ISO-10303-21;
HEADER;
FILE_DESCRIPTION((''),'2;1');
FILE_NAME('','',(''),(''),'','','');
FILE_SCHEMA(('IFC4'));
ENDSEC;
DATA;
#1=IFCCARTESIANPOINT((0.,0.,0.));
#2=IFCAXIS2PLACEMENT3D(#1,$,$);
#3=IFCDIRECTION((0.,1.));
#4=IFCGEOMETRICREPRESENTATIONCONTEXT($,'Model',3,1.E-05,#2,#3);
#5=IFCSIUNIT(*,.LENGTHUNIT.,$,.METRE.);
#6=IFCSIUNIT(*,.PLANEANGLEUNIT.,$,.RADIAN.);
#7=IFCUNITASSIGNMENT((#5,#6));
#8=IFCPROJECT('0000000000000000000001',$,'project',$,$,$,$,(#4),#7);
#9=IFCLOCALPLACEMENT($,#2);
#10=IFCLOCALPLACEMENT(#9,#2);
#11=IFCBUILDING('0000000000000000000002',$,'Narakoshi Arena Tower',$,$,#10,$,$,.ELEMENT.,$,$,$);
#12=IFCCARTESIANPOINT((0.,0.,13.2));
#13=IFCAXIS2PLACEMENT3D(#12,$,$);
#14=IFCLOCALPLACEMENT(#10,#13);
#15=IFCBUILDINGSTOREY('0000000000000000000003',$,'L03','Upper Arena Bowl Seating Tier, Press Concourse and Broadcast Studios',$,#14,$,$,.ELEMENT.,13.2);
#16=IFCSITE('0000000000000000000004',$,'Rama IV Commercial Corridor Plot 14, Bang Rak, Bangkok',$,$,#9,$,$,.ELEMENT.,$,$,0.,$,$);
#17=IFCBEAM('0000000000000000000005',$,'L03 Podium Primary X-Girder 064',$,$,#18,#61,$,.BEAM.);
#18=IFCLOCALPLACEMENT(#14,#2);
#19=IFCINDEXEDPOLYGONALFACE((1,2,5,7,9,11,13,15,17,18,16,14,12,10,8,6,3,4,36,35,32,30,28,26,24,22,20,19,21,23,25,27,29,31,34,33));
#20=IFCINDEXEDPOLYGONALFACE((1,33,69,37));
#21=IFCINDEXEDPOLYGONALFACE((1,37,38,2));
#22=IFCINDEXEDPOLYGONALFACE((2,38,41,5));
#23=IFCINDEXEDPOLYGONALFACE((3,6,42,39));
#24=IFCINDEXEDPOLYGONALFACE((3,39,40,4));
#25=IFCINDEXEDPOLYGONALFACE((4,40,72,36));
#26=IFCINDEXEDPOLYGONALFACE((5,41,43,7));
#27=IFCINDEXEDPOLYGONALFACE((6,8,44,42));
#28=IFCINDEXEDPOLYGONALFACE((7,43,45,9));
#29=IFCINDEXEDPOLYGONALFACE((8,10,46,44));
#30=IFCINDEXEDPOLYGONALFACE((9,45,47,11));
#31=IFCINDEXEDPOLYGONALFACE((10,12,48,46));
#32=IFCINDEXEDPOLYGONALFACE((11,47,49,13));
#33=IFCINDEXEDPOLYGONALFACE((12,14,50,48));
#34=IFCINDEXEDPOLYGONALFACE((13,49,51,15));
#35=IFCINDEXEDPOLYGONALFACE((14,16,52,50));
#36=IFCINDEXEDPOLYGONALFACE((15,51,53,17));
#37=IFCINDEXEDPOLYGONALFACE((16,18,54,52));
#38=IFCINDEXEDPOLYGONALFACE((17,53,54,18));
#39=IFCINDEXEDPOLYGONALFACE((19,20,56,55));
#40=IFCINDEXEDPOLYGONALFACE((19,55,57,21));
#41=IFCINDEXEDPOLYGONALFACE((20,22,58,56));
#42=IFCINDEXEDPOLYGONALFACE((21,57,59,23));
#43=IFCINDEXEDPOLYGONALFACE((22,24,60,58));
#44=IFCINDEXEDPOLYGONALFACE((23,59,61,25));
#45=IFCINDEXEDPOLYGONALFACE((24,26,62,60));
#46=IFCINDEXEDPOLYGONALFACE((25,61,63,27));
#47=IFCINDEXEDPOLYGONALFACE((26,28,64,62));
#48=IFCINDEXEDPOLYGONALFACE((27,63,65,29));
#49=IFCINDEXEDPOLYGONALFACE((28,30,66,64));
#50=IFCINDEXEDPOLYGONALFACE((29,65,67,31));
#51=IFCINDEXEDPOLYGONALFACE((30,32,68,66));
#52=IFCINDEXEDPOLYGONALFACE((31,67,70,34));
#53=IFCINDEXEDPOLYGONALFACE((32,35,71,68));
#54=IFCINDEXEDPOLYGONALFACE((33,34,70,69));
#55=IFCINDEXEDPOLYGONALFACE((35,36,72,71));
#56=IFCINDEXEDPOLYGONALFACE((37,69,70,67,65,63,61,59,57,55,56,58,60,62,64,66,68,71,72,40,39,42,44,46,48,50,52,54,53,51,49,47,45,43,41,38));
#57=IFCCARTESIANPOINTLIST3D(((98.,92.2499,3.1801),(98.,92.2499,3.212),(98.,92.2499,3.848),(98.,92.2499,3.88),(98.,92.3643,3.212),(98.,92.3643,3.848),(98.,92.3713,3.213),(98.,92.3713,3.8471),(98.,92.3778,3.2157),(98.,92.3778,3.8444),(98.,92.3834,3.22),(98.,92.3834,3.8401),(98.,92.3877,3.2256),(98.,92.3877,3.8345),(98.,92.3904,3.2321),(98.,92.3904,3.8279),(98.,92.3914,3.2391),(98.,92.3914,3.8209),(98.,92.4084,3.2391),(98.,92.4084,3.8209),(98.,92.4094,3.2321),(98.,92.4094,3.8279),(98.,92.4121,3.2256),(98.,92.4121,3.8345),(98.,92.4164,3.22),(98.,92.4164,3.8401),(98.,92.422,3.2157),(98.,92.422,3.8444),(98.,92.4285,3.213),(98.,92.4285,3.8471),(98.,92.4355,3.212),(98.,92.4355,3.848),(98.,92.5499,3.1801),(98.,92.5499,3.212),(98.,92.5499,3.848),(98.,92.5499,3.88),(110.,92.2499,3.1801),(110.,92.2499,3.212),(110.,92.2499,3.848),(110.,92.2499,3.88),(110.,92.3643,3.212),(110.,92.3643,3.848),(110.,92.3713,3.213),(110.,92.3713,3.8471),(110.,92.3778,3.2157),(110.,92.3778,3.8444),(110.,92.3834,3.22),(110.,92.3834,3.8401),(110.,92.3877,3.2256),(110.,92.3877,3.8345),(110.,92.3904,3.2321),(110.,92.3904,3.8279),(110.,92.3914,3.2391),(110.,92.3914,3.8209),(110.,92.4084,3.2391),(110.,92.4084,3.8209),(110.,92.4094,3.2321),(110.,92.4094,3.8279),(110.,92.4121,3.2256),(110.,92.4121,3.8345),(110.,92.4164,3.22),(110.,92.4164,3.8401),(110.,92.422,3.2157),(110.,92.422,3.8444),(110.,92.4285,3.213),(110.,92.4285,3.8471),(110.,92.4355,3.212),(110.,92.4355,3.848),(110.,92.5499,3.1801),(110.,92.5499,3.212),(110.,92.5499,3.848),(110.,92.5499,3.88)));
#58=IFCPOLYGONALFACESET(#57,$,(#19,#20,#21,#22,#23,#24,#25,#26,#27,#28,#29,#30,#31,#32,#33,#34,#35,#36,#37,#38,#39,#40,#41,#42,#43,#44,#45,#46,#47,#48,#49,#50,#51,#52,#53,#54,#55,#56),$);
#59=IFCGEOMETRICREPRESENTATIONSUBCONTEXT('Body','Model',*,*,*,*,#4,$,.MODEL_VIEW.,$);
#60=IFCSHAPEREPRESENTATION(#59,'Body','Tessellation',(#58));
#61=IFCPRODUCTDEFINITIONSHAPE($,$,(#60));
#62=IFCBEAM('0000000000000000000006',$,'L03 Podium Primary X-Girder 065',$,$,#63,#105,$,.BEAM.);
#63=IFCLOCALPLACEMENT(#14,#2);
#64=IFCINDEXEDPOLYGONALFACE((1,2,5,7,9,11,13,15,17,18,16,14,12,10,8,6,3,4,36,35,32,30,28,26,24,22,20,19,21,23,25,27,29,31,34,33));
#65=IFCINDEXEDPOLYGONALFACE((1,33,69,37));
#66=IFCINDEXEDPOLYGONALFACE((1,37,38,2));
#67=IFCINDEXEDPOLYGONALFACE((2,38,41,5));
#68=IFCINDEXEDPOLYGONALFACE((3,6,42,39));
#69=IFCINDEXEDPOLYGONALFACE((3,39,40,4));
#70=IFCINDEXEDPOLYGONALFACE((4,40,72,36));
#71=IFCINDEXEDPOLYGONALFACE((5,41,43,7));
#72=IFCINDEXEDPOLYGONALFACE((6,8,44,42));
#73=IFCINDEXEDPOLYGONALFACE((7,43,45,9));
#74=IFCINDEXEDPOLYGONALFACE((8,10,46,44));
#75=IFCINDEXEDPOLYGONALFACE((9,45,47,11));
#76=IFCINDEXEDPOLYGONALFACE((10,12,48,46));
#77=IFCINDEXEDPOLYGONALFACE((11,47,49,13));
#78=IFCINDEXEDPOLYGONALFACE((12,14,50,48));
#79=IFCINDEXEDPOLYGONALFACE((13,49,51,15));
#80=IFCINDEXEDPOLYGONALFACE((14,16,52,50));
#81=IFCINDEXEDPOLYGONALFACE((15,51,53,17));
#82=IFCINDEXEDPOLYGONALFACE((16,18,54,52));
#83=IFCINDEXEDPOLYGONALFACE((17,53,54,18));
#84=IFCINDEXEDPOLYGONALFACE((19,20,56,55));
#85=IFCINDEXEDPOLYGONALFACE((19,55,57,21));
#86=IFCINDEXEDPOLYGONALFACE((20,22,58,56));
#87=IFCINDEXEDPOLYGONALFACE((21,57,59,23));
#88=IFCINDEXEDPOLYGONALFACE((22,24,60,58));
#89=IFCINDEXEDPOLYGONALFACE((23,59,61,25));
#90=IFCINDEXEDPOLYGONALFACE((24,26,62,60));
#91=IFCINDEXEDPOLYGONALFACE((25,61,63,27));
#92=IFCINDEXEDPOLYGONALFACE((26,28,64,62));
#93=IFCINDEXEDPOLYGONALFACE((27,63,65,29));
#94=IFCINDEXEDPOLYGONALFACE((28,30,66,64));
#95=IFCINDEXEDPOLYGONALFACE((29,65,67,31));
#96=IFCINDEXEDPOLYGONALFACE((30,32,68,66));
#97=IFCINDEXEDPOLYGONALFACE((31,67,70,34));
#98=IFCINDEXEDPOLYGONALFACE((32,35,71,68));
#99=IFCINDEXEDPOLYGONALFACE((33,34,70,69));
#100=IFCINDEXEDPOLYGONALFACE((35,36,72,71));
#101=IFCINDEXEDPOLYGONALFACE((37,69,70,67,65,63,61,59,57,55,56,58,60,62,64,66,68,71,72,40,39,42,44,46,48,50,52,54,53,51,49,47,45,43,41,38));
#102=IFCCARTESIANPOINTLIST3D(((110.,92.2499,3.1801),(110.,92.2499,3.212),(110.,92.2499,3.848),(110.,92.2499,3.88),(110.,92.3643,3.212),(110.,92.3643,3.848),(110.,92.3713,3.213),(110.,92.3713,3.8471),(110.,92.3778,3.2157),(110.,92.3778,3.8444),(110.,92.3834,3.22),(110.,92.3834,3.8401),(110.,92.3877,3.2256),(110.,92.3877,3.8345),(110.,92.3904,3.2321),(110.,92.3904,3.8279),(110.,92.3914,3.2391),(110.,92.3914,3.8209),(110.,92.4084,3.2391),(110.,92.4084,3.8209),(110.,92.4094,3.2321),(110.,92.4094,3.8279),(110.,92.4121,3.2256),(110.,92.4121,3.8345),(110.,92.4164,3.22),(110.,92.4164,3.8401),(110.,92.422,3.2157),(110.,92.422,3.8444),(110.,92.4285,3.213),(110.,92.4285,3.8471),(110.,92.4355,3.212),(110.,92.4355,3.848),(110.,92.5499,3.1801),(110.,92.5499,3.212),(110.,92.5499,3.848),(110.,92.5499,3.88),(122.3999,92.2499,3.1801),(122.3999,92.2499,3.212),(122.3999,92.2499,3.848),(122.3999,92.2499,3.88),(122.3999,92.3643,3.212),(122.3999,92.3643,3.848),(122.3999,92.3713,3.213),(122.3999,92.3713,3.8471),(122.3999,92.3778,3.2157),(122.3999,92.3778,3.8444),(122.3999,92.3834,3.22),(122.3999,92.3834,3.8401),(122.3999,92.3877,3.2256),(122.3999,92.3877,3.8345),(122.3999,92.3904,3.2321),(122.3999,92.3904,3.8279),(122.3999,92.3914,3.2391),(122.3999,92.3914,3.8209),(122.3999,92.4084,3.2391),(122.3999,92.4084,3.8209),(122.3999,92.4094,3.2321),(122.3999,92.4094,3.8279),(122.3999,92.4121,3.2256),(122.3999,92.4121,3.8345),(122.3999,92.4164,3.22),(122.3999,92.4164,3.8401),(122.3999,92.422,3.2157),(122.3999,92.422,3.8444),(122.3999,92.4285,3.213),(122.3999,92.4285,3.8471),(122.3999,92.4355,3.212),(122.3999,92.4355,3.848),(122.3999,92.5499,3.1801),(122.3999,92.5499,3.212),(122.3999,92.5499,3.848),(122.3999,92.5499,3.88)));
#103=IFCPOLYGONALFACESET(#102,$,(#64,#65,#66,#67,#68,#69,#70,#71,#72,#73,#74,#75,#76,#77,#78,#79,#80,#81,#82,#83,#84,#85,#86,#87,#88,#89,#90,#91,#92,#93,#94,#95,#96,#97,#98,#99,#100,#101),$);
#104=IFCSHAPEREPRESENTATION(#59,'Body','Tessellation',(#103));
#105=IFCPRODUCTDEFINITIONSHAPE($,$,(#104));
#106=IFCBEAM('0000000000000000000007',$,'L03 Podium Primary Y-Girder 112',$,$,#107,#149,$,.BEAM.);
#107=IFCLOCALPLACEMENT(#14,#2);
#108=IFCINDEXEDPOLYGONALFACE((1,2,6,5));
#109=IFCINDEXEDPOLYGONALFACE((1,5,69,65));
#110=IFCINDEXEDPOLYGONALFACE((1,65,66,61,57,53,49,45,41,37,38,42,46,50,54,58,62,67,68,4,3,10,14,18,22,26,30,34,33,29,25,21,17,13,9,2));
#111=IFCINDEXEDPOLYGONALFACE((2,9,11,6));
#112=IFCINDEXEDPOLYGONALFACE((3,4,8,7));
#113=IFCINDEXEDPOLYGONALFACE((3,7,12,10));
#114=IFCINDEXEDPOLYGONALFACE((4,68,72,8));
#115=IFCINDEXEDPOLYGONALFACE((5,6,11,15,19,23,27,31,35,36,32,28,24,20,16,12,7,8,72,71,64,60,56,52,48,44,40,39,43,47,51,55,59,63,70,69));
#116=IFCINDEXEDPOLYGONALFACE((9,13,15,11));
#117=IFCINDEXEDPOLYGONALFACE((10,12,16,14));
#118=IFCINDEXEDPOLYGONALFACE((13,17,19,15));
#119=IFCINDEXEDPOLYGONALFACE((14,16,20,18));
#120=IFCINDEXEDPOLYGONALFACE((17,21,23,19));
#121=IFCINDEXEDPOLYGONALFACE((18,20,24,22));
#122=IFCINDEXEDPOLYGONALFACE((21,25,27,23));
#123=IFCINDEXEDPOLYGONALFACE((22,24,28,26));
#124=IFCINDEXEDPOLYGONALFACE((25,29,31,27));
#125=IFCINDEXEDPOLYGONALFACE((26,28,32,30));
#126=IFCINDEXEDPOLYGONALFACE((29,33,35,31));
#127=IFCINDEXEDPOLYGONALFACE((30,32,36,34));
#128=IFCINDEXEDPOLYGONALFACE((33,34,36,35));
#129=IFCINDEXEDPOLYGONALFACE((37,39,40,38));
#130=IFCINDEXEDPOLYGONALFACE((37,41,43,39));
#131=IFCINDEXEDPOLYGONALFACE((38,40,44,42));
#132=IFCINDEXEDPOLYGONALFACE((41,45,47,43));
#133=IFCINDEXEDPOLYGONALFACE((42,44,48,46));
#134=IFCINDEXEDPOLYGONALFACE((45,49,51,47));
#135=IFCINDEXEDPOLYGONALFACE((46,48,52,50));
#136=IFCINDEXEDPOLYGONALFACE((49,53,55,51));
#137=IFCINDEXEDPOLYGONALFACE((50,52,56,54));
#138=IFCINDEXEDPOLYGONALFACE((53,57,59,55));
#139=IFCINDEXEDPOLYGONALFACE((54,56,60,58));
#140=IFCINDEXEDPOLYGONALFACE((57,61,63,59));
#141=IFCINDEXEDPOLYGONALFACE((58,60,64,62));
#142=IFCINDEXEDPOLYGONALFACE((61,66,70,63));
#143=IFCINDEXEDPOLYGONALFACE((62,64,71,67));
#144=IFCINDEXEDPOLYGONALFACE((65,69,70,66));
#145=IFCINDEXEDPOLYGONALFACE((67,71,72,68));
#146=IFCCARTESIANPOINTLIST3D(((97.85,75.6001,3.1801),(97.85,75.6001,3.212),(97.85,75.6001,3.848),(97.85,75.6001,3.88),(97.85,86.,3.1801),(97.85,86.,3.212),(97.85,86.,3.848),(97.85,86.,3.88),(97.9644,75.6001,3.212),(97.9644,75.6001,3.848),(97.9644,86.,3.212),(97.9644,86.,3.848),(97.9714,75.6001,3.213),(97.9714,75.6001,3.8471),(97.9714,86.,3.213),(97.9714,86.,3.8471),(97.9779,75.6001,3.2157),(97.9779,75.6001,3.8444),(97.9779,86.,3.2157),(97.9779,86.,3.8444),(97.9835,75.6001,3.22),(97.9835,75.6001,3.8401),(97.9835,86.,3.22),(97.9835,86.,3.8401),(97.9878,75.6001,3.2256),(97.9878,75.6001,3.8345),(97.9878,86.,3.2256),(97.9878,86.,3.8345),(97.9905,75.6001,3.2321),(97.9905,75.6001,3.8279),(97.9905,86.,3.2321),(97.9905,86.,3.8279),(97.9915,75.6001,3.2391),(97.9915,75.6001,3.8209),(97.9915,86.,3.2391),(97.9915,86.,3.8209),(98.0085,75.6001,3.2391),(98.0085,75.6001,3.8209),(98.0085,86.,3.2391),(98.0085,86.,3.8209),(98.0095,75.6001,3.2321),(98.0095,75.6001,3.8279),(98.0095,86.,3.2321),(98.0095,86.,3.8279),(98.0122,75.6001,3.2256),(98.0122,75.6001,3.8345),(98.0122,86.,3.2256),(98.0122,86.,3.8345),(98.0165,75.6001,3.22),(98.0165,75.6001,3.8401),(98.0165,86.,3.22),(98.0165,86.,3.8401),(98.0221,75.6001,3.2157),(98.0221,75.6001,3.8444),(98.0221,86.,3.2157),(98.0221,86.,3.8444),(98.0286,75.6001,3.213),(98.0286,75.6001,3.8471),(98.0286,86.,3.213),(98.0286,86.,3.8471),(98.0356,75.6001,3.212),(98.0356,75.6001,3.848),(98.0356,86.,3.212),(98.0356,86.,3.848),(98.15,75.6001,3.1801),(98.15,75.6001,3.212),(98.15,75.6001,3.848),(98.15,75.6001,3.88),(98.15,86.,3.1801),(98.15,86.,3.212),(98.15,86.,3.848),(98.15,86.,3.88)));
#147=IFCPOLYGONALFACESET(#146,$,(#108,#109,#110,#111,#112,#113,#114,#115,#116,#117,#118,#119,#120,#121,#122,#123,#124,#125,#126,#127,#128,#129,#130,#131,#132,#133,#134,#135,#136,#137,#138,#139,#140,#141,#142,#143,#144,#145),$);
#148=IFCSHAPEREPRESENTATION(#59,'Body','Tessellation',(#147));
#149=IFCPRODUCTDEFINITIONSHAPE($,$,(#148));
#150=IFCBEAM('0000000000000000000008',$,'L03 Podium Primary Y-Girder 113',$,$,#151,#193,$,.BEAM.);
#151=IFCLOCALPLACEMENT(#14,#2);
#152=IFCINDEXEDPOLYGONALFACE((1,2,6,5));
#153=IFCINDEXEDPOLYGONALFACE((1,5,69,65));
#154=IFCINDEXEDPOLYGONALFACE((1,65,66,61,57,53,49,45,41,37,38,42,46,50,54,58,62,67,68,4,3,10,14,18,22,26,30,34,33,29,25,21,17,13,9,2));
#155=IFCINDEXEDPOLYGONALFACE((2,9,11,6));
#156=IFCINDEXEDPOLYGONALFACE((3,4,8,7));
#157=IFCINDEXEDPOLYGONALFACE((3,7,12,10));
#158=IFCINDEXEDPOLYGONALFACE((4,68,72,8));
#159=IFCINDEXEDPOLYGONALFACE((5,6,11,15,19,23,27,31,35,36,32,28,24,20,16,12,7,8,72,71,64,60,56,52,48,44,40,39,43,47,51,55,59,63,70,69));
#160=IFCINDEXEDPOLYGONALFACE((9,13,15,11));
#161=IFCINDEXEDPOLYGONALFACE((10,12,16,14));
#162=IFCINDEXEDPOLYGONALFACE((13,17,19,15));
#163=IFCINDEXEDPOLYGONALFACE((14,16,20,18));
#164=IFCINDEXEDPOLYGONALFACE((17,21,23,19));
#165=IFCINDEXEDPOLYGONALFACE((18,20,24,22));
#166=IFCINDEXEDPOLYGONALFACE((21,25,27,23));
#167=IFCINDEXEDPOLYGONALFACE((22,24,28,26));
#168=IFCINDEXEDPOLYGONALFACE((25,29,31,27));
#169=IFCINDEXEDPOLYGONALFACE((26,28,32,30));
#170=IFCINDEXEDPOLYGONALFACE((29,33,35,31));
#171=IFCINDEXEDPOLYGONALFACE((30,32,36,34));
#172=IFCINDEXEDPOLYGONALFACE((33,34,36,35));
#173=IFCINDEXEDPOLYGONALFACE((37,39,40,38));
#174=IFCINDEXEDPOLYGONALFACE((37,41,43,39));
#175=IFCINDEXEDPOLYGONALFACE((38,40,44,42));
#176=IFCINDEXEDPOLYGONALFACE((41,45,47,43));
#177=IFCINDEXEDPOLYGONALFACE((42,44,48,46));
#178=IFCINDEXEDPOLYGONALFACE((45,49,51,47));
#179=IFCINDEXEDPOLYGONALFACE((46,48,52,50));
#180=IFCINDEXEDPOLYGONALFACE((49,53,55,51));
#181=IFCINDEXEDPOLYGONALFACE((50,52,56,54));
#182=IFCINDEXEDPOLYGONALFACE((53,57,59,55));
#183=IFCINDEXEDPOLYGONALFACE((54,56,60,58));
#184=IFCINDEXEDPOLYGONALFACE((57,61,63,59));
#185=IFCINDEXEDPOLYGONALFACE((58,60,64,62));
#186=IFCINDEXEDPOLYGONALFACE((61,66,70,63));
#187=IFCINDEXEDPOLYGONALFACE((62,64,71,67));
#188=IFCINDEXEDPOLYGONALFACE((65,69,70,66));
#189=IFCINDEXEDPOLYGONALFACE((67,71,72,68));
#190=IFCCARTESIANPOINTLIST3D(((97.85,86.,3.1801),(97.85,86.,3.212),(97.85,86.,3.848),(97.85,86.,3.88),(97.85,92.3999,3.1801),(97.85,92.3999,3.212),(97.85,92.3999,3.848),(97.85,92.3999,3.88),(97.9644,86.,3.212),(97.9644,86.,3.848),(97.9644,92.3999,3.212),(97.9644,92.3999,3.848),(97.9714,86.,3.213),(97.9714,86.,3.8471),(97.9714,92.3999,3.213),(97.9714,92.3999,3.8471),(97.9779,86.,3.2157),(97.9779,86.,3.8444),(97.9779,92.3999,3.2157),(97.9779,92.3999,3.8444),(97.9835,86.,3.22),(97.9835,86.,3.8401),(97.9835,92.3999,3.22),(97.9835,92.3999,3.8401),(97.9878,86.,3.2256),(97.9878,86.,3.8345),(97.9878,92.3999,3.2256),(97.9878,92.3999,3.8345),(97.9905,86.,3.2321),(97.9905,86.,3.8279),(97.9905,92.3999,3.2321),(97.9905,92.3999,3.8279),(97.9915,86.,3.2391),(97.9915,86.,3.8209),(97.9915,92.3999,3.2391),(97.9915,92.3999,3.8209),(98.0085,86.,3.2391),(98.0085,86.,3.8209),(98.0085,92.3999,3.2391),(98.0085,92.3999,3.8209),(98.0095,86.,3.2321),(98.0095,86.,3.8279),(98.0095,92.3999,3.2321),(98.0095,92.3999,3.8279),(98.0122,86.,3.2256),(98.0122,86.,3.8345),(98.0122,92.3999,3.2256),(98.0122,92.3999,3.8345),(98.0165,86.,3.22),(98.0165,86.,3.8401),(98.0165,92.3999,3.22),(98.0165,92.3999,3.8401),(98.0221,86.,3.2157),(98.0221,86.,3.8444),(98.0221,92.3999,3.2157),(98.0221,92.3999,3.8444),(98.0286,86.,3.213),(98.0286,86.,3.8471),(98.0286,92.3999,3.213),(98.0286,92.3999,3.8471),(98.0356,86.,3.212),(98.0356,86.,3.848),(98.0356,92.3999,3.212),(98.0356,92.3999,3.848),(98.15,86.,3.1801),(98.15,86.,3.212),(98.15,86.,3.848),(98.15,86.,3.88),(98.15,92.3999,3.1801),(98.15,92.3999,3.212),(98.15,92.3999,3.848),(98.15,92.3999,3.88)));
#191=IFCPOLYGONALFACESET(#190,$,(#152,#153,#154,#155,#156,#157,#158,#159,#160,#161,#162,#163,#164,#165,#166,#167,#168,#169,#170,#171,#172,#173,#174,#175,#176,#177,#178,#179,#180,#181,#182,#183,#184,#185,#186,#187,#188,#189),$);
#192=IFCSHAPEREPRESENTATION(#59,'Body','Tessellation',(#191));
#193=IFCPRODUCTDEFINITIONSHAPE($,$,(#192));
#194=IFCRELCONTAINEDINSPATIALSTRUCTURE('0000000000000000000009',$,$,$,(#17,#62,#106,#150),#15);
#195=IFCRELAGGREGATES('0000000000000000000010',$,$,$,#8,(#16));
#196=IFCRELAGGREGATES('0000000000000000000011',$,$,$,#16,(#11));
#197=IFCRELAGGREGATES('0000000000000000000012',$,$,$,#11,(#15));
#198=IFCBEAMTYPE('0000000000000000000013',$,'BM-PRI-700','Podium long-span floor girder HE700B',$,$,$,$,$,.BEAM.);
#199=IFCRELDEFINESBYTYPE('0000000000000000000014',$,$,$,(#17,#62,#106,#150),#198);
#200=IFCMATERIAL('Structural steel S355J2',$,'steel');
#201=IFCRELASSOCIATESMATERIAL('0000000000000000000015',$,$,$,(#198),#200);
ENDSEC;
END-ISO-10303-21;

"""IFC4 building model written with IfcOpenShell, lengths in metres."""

from ifc_helpers import new_model, si_unit, direction, frame, origin, origin_2d, place, context, subcontext, project, spatial, i_section, extrude, material, material_profile, profile_set, type_object, element, save


model = new_model("IFC4")

# Units and contexts
model_context = context("Model", 3, precision=1e-05, world=origin(), true_north=direction((0.0, 1.0)))
body_context = subcontext(model_context, "Body", "Model", "MODEL_VIEW")
ifc_project = project(units=[si_unit("LENGTHUNIT", "METRE"), si_unit("PLANEANGLEUNIT", "RADIAN")], contexts=[model_context])

# Site, building, storey
site_placement = place(None, origin())
site = spatial("IfcSite", under=ifc_project, at=site_placement, Name="Rama IV Commercial Corridor Plot 14, Bang Rak, Bangkok", CompositionType="ELEMENT", RefElevation=0.0)
building_placement = place(site_placement, origin())
building = spatial("IfcBuilding", under=site, at=building_placement, Name="Narakoshi Arena Tower", CompositionType="ELEMENT")
storey_placement = place(building_placement, frame((0.0, 0.0, 13.2)))
storey = spatial("IfcBuildingStorey", under=building, at=storey_placement, Name="L03", Description="Upper Arena Bowl Seating Tier, Press Concourse and Broadcast Studios", CompositionType="ELEMENT", Elevation=13.2)

# Beams
ifc_material_1 = material(Name="Structural steel S355J2", Category="steel")
ifc_material_profile_1 = material_profile(ifc_material_1, i_section(OverallWidth=0.3, OverallDepth=0.7, WebThickness=0.0171, FlangeThickness=0.032, FilletRadius=0.0271, at=origin_2d()), Name="HE700B")
ifc_profile_set_1 = profile_set([ifc_material_profile_1], Name="Structural steel S355J2")
beam_type_1 = type_object("IfcBeamType", Name="BM-PRI-700", Description="Podium long-span floor girder HE700B", PredefinedType="BEAM", material=ifc_profile_set_1)
beam_1_placement = place(storey_placement, frame((98.0, 92.3999, 3.53), z_axis=(1.0, 0.0, 0.0), x_axis=(0.0, 1.0, 0.0)))
element("IfcBeam", 1, at=beam_1_placement, inside=storey, type_object=beam_type_1, Name="L03 Podium Primary X-Girder 064", PredefinedType="BEAM", context=body_context, shape_type="SweptSolid", body=[
    extrude(i_section(OverallWidth=0.3, OverallDepth=0.7, WebThickness=0.0171, FlangeThickness=0.032, FilletRadius=0.0271, at=origin_2d()), origin(), (0.0, 0.0, 1.0), 12.0),
])
beam_2_placement = place(storey_placement, frame((110.0, 92.3999, 3.53), z_axis=(1.0, 0.0, 0.0), x_axis=(0.0, 1.0, 0.0)))
element("IfcBeam", 2, at=beam_2_placement, inside=storey, type_object=beam_type_1, Name="L03 Podium Primary X-Girder 065", PredefinedType="BEAM", context=body_context, shape_type="SweptSolid", body=[
    extrude(i_section(OverallWidth=0.3, OverallDepth=0.7, WebThickness=0.0171, FlangeThickness=0.032, FilletRadius=0.0271, at=origin_2d()), origin(), (0.0, 0.0, 1.0), 12.3999),
])
beam_3_placement = place(storey_placement, frame((98.0, 75.6001, 3.53), z_axis=(0.0, 1.0, 0.0), x_axis=(-1.0, 0.0, 0.0)))
element("IfcBeam", 3, at=beam_3_placement, inside=storey, type_object=beam_type_1, Name="L03 Podium Primary Y-Girder 112", PredefinedType="BEAM", context=body_context, shape_type="SweptSolid", body=[
    extrude(i_section(OverallWidth=0.3, OverallDepth=0.7, WebThickness=0.0171, FlangeThickness=0.032, FilletRadius=0.0271, at=origin_2d()), origin(), (0.0, 0.0, 1.0), 10.3999),
])
beam_4_placement = place(storey_placement, frame((98.0, 86.0, 3.53), z_axis=(0.0, 1.0, 0.0), x_axis=(-1.0, 0.0, 0.0)))
element("IfcBeam", 4, at=beam_4_placement, inside=storey, type_object=beam_type_1, Name="L03 Podium Primary Y-Girder 113", PredefinedType="BEAM", context=body_context, shape_type="SweptSolid", body=[
    extrude(i_section(OverallWidth=0.3, OverallDepth=0.7, WebThickness=0.0171, FlangeThickness=0.032, FilletRadius=0.0271, at=origin_2d()), origin(), (0.0, 0.0, 1.0), 6.3999),
])

save(model, "model.ifc")
